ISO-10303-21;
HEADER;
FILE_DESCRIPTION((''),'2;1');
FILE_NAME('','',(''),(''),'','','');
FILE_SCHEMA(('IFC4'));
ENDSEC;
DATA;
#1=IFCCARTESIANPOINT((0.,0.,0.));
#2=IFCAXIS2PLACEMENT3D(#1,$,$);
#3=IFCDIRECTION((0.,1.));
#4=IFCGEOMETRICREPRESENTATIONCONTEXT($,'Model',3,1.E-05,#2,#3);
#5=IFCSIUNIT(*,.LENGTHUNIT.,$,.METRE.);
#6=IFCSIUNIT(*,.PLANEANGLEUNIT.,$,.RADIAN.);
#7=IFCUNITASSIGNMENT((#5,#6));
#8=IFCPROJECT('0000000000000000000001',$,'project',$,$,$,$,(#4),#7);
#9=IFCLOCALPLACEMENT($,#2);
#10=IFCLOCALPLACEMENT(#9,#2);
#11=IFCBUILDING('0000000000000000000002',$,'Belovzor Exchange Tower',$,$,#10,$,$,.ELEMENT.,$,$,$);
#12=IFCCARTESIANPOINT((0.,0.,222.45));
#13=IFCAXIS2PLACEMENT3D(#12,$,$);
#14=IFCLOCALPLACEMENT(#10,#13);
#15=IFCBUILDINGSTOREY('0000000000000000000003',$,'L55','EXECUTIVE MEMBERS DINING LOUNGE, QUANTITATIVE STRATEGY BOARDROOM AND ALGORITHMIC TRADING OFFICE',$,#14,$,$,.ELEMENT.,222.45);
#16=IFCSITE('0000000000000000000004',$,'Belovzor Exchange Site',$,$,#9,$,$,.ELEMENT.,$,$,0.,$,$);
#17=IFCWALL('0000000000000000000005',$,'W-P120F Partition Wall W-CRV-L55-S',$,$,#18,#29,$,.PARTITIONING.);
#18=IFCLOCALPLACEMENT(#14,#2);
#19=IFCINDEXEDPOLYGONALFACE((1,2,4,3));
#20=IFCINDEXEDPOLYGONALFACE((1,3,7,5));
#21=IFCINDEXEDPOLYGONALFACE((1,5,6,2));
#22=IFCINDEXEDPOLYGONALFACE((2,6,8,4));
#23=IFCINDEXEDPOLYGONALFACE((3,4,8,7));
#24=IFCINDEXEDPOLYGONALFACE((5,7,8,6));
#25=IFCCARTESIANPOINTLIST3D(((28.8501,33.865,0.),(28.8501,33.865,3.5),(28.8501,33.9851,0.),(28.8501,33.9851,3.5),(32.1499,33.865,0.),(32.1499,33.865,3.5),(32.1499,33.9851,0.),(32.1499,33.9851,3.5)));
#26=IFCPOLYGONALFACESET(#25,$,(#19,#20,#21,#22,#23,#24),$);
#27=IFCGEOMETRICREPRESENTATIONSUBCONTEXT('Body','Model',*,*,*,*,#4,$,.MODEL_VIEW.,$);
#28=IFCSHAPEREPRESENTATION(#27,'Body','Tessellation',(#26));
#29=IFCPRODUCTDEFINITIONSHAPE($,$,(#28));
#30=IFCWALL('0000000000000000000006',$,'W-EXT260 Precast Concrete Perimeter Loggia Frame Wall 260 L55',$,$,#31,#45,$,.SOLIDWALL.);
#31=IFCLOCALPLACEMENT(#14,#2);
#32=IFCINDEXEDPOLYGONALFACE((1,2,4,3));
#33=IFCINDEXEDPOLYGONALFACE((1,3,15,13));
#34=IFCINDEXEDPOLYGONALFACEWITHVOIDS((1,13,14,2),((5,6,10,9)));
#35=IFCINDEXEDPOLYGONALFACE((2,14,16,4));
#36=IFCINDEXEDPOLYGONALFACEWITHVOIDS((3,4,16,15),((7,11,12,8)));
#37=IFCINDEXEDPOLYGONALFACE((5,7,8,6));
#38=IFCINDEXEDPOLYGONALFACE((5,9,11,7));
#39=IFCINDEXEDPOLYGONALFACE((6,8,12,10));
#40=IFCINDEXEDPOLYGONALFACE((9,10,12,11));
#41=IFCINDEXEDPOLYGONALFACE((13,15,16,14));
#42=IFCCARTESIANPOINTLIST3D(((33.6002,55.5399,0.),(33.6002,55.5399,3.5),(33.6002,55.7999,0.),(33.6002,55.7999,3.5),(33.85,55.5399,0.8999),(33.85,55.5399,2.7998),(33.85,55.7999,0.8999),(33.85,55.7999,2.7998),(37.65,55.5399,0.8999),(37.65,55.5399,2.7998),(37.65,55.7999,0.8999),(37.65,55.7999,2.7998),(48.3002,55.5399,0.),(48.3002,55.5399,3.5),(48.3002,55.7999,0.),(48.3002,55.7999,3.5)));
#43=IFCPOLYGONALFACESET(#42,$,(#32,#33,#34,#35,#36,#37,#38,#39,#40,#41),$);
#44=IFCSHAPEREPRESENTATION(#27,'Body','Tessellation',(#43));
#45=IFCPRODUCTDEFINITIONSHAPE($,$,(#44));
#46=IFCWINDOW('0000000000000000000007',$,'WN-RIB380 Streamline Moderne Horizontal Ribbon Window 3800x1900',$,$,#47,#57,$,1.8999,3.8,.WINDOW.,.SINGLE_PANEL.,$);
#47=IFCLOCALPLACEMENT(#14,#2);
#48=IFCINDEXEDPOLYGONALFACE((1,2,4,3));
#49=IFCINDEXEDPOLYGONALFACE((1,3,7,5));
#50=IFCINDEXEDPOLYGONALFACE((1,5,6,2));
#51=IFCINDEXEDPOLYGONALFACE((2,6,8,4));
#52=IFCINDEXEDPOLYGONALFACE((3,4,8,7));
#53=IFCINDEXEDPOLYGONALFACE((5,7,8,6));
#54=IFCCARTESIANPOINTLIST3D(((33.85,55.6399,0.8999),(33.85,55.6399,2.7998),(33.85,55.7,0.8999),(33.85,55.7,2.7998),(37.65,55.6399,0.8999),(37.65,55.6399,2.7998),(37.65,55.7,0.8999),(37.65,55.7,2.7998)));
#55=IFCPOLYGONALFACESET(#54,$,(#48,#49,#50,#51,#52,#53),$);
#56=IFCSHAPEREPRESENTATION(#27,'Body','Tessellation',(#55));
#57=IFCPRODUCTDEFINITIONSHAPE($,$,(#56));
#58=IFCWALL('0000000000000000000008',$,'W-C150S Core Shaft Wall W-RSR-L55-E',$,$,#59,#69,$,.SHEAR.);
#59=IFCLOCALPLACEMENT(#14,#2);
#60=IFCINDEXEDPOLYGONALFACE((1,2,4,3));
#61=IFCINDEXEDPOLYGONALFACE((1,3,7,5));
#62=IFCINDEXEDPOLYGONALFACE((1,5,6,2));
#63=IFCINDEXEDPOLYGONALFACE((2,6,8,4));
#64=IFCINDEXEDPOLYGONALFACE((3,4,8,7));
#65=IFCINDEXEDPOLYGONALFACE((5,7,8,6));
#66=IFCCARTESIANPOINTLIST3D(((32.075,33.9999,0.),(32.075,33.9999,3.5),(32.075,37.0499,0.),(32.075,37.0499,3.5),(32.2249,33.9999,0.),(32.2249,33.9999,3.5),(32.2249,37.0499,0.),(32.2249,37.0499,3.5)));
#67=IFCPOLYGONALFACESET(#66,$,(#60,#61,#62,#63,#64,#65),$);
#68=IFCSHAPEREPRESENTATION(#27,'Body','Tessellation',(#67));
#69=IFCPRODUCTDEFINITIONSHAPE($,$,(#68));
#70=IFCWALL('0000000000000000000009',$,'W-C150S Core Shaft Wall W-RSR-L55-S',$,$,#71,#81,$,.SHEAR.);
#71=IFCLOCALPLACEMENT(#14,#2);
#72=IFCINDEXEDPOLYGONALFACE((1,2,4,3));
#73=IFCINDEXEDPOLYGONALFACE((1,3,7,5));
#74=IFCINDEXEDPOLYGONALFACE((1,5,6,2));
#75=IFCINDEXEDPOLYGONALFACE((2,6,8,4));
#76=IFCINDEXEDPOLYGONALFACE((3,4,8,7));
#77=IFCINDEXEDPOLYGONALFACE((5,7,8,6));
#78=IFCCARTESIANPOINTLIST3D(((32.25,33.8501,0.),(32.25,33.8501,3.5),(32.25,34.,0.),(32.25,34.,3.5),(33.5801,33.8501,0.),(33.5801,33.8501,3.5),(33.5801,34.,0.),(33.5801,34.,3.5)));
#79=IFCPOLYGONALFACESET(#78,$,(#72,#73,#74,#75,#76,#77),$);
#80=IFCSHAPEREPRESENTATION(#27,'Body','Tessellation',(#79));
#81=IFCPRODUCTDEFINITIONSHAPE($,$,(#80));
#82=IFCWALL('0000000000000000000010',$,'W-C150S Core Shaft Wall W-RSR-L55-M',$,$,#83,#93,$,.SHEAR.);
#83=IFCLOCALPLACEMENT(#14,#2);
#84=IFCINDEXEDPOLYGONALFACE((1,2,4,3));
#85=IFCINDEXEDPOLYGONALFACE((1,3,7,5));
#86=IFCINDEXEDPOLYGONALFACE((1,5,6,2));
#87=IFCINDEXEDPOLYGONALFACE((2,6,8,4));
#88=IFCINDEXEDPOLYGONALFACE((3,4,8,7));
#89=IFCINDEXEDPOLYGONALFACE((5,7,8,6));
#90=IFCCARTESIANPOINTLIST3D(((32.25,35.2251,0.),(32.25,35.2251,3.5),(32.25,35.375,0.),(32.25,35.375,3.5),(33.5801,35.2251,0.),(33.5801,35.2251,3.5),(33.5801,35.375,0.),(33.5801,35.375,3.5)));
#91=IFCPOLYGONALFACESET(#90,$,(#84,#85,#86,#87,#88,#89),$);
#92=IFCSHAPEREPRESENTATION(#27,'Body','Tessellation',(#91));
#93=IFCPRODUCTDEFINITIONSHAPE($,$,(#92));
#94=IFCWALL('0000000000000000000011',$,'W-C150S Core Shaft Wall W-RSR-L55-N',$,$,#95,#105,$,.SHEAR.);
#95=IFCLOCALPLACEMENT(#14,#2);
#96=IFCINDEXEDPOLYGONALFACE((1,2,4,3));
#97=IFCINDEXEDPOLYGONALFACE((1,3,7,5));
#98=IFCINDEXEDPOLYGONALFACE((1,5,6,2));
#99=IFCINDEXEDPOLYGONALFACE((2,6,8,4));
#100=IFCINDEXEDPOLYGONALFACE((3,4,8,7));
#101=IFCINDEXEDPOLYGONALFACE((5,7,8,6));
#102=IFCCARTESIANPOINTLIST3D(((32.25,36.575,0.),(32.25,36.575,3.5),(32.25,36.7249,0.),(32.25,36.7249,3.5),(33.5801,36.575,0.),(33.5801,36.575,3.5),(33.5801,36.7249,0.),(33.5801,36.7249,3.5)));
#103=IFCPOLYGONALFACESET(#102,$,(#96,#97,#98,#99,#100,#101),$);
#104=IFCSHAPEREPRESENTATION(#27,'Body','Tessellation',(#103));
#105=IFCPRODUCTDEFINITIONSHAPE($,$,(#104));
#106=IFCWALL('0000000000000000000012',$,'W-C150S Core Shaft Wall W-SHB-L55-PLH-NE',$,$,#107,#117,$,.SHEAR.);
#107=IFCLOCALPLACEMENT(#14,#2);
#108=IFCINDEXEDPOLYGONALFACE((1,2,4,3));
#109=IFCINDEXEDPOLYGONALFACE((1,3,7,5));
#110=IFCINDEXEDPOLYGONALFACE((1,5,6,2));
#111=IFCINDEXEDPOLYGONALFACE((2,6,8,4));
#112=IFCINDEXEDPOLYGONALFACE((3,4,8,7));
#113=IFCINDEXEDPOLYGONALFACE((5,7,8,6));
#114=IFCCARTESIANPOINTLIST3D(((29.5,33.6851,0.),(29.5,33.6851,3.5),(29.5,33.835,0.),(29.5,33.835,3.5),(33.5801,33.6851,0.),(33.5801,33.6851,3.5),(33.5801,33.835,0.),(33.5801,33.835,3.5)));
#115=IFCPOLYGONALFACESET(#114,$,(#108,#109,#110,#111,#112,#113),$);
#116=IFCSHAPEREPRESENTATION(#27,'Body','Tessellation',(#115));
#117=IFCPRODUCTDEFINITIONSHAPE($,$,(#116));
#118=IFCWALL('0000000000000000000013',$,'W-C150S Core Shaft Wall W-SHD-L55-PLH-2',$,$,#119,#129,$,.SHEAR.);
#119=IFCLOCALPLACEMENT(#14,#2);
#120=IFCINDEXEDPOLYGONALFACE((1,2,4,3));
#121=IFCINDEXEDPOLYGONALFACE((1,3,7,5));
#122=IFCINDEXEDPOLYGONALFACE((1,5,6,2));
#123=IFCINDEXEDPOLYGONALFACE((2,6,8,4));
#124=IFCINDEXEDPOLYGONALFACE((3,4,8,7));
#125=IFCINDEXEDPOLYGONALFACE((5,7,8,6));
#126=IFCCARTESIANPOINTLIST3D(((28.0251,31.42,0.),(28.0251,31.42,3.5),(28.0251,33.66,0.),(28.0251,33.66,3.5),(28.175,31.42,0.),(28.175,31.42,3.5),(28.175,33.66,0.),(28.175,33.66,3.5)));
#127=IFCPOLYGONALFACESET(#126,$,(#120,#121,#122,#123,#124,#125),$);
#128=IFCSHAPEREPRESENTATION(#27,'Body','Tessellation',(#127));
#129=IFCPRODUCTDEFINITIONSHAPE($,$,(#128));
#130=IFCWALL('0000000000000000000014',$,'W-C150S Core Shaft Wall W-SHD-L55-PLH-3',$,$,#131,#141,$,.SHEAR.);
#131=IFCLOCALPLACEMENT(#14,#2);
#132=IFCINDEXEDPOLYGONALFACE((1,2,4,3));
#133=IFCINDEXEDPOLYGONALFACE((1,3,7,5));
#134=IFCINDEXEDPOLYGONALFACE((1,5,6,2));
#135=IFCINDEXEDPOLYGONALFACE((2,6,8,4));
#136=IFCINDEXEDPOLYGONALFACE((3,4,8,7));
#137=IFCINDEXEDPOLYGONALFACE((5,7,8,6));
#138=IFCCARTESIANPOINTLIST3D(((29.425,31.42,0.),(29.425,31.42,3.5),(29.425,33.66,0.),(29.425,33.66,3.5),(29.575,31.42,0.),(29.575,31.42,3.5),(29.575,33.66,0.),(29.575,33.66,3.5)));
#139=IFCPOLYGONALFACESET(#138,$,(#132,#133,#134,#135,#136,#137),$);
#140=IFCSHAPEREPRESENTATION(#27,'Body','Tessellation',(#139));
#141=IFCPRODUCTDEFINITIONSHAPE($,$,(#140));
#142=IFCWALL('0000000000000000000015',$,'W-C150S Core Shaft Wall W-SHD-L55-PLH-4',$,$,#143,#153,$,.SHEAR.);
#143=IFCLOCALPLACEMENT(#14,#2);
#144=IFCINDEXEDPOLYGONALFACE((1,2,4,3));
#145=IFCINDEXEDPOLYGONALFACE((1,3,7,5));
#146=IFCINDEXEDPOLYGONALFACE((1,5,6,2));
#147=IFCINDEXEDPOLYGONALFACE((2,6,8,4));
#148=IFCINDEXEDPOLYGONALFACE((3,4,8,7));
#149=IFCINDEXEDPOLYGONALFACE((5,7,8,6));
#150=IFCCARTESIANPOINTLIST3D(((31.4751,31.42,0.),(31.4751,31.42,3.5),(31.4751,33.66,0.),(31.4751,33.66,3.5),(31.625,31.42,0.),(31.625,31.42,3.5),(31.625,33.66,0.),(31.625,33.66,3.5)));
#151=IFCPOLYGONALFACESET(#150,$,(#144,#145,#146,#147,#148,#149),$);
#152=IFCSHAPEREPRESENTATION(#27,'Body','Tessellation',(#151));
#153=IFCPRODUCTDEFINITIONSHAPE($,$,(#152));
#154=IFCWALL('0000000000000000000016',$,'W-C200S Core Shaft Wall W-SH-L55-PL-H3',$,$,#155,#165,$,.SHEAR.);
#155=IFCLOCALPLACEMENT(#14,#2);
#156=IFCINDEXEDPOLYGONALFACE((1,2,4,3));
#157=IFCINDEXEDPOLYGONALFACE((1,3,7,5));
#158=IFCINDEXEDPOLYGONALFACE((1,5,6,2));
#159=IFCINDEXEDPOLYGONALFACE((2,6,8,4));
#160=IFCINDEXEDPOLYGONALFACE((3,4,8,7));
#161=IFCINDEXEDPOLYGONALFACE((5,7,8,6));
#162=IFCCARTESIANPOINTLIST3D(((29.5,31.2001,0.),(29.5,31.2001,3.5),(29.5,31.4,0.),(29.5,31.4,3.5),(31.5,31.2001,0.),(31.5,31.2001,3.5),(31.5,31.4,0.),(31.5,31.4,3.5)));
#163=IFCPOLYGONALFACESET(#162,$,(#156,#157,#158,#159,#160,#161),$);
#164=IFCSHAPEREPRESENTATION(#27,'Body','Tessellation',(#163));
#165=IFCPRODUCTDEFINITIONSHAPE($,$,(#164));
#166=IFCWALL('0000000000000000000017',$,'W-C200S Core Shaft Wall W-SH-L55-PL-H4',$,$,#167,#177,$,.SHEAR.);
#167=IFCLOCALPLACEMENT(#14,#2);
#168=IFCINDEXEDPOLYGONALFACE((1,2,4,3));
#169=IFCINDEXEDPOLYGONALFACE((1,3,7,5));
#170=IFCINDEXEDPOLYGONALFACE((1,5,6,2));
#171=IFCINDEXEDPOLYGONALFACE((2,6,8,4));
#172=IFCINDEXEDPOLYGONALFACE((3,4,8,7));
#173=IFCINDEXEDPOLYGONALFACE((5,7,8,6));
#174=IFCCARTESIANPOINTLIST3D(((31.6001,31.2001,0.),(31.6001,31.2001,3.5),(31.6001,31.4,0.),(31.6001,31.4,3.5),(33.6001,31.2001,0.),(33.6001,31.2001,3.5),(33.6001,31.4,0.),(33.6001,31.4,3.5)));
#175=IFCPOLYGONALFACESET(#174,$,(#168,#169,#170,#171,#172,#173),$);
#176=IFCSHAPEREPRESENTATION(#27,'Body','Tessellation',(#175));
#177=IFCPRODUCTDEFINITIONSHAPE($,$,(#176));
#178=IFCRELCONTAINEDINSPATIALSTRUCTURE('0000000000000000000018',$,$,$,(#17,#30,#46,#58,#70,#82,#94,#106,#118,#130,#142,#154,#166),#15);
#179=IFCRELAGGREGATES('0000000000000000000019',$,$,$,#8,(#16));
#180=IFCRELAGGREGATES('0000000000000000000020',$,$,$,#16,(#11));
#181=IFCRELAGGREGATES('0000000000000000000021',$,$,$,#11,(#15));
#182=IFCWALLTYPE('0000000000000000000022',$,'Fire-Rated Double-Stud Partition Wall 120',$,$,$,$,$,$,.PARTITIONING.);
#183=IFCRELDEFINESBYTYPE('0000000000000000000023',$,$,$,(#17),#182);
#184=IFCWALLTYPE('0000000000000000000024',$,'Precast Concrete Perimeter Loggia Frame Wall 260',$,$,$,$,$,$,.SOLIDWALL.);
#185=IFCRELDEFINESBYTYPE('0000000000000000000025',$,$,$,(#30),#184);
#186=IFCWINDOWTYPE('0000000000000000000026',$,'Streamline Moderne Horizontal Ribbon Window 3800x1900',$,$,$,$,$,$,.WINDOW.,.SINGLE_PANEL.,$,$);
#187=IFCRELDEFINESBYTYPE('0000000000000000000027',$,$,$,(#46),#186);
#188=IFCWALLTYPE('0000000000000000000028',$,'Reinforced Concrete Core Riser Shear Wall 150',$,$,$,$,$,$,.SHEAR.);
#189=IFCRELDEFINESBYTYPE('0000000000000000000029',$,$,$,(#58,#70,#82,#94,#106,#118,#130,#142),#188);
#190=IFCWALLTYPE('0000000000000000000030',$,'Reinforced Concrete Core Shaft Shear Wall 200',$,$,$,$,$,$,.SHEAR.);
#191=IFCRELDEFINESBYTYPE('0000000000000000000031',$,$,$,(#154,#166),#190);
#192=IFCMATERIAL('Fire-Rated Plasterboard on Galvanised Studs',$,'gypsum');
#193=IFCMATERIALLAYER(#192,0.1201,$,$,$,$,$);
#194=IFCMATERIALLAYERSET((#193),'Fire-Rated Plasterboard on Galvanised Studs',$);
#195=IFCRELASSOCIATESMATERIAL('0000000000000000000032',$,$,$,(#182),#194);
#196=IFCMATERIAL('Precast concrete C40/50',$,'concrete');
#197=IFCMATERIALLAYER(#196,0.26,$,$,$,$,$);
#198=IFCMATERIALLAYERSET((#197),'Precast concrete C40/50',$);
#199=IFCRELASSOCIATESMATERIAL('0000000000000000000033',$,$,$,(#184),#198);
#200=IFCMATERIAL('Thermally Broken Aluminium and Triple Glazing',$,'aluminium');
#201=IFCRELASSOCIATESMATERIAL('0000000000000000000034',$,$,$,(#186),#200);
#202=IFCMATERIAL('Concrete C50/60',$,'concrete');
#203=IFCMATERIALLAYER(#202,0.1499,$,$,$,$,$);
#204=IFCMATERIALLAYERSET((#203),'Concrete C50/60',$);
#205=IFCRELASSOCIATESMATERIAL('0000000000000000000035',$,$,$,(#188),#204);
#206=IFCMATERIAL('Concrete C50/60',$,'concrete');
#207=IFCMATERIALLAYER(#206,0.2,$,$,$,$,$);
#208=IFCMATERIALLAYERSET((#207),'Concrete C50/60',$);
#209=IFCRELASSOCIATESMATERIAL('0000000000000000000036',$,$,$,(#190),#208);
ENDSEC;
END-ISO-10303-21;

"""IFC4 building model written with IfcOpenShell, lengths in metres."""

from ifc_helpers import new_model, si_unit, direction, frame, frame_2d, origin, place, context, subcontext, project, spatial, rectangle, extrude, material, layer, layer_set, type_object, element, fill, save


model = new_model("IFC4")

# Units and contexts
model_context = context("Model", 3, precision=1e-05, world=origin(), true_north=direction((0.0, 1.0)))
body_context = subcontext(model_context, "Body", "Model", "MODEL_VIEW")
ifc_project = project(units=[si_unit("LENGTHUNIT", "METRE"), si_unit("PLANEANGLEUNIT", "RADIAN")], contexts=[model_context])

# Site, building, storey
site_placement = place(None, origin())
site = spatial("IfcSite", under=ifc_project, at=site_placement, Name="Belovzor Exchange Site", CompositionType="ELEMENT", RefElevation=0.0)
building_placement = place(site_placement, origin())
building = spatial("IfcBuilding", under=site, at=building_placement, Name="Belovzor Exchange Tower", CompositionType="ELEMENT")
storey_placement = place(building_placement, frame((0.0, 0.0, 222.45)))
storey = spatial("IfcBuildingStorey", under=building, at=storey_placement, Name="L55", Description="EXECUTIVE MEMBERS DINING LOUNGE, QUANTITATIVE STRATEGY BOARDROOM AND ALGORITHMIC TRADING OFFICE", CompositionType="ELEMENT", Elevation=222.45)

# Shared definitions
ifc_material_1 = material(Name="Fire-Rated Plasterboard on Galvanised Studs", Category="gypsum")
ifc_layer_1 = layer(ifc_material_1, 0.1201)
ifc_layer_set_1 = layer_set([ifc_layer_1], Name="Fire-Rated Plasterboard on Galvanised Studs")
wall_type_1 = type_object("IfcWallType", Name="Fire-Rated Double-Stud Partition Wall 120", PredefinedType="PARTITIONING", material=ifc_layer_set_1)

# Wall
for number, where, z_axis, x_axis, name in (
    (1, (28.8501, 33.925, 0.0), (0.0, 0.0, 1.0), (1.0, 0.0, 0.0), "W-P120F Partition Wall W-CRV-L55-S"),
):
    element("IfcWall", number, at=place(storey_placement, frame(where, z_axis=z_axis, x_axis=x_axis)), inside=storey, type_object=wall_type_1, Name=name, PredefinedType="PARTITIONING", context=body_context, shape_type="SweptSolid", body=[
        extrude(rectangle(XDim=3.2998, YDim=0.1201, at=frame_2d((1.6499, 0.0))), origin(), (0.0, 0.0, 1.0), 3.5),
    ])

# Wall, opening, window
ifc_material_2 = material(Name="Precast concrete C40/50", Category="concrete")
ifc_layer_2 = layer(ifc_material_2, 0.26)
ifc_layer_set_2 = layer_set([ifc_layer_2], Name="Precast concrete C40/50")
wall_type_2 = type_object("IfcWallType", Name="Precast Concrete Perimeter Loggia Frame Wall 260", PredefinedType="SOLIDWALL", material=ifc_layer_set_2)
wall_1_placement = place(storey_placement, frame((33.6001, 55.6699, 0.0), z_axis=(0.0, 0.0, 1.0), x_axis=(1.0, 0.0, 0.0)))
wall_1 = element("IfcWall", 2, at=wall_1_placement, inside=storey, type_object=wall_type_2, Name="W-EXT260 Precast Concrete Perimeter Loggia Frame Wall 260 L55", PredefinedType="SOLIDWALL", context=body_context, shape_type="SweptSolid", body=[
    extrude(rectangle(XDim=14.7, YDim=0.26, at=frame_2d((7.3501, 0.0))), origin(), (0.0, 0.0, 1.0), 3.5),
])
opening_1_placement = place(wall_1_placement, frame((0.25, 0.0, 0.8999)))
opening_1 = element("IfcOpeningElement", 3, at=opening_1_placement, cuts=wall_1, PredefinedType="OPENING", context=body_context, shape_type="SweptSolid", body=[
    extrude(rectangle(XDim=3.8, YDim=1.8999, at=frame_2d((1.8999, 0.95))), frame((0.0, 0.1399, 0.0), z_axis=(0.0, -1.0, 0.0), x_axis=(1.0, 0.0, 0.0)), (0.0, 0.0, 1.0), 0.28),
])
ifc_material_3 = material(Name="Thermally Broken Aluminium and Triple Glazing", Category="aluminium")
window_type = type_object("IfcWindowType", Name="Streamline Moderne Horizontal Ribbon Window 3800x1900", PartitioningType="SINGLE_PANEL", PredefinedType="WINDOW", material=ifc_material_3)
window_placement = place(opening_1_placement, origin())
window = element("IfcWindow", 4, at=window_placement, inside=storey, type_object=window_type, Name="WN-RIB380 Streamline Moderne Horizontal Ribbon Window 3800x1900", OverallHeight=1.8999, OverallWidth=3.8, PartitioningType="SINGLE_PANEL", PredefinedType="WINDOW", context=body_context, shape_type="SweptSolid", body=[
    extrude(rectangle(XDim=3.8, YDim=1.8999, at=frame_2d((1.8999, 0.95))), frame((0.0, 0.03, 0.0), z_axis=(0.0, -1.0, 0.0), x_axis=(1.0, 0.0, 0.0)), (0.0, 0.0, 1.0), 0.0601),
])
fill(opening_1, window)

# Walls
ifc_material_4 = material(Name="Concrete C50/60", Category="concrete")
ifc_layer_3 = layer(ifc_material_4, 0.1499)
ifc_layer_set_3 = layer_set([ifc_layer_3], Name="Concrete C50/60")
wall_type_3 = type_object("IfcWallType", Name="Reinforced Concrete Core Riser Shear Wall 150", PredefinedType="SHEAR", material=ifc_layer_set_3)
wall_2_placement = place(storey_placement, frame((32.1499, 34.0, 0.0), z_axis=(0.0, 0.0, 1.0), x_axis=(0.0, 1.0, 0.0)))
element("IfcWall", 5, at=wall_2_placement, inside=storey, type_object=wall_type_3, Name="W-C150S Core Shaft Wall W-RSR-L55-E", PredefinedType="SHEAR", context=body_context, shape_type="SweptSolid", body=[
    extrude(rectangle(XDim=3.05, YDim=0.1499, at=frame_2d((1.5249, 0.0))), origin(), (0.0, 0.0, 1.0), 3.5),
])
for number, where, z_axis, x_axis, name in (
    (6, (32.25, 33.925, 0.0), (0.0, 0.0, 1.0), (1.0, 0.0, 0.0), "W-C150S Core Shaft Wall W-RSR-L55-S"),
    (7, (32.25, 35.3, 0.0), (0.0, 0.0, 1.0), (1.0, 0.0, 0.0), "W-C150S Core Shaft Wall W-RSR-L55-M"),
    (8, (32.25, 36.6499, 0.0), (0.0, 0.0, 1.0), (1.0, 0.0, 0.0), "W-C150S Core Shaft Wall W-RSR-L55-N"),
):
    element("IfcWall", number, at=place(storey_placement, frame(where, z_axis=z_axis, x_axis=x_axis)), inside=storey, type_object=wall_type_3, Name=name, PredefinedType="SHEAR", context=body_context, shape_type="SweptSolid", body=[
        extrude(rectangle(XDim=1.3301, YDim=0.1499, at=frame_2d((0.665, 0.0))), origin(), (0.0, 0.0, 1.0), 3.5),
    ])
wall_3_placement = place(storey_placement, frame((29.5, 33.76, 0.0), z_axis=(0.0, 0.0, 1.0), x_axis=(1.0, 0.0, 0.0)))
element("IfcWall", 9, at=wall_3_placement, inside=storey, type_object=wall_type_3, Name="W-C150S Core Shaft Wall W-SHB-L55-PLH-NE", PredefinedType="SHEAR", context=body_context, shape_type="SweptSolid", body=[
    extrude(rectangle(XDim=4.0801, YDim=0.1499, at=frame_2d((2.04, 0.0))), origin(), (0.0, 0.0, 1.0), 3.5),
])
for number, where, z_axis, x_axis, name in (
    (10, (28.1001, 31.4199, 0.0), (0.0, 0.0, 1.0), (0.0, 1.0, 0.0), "W-C150S Core Shaft Wall W-SHD-L55-PLH-2"),
    (11, (29.5, 31.4199, 0.0), (0.0, 0.0, 1.0), (0.0, 1.0, 0.0), "W-C150S Core Shaft Wall W-SHD-L55-PLH-3"),
    (12, (31.55, 31.4199, 0.0), (0.0, 0.0, 1.0), (0.0, 1.0, 0.0), "W-C150S Core Shaft Wall W-SHD-L55-PLH-4"),
):
    element("IfcWall", number, at=place(storey_placement, frame(where, z_axis=z_axis, x_axis=x_axis)), inside=storey, type_object=wall_type_3, Name=name, PredefinedType="SHEAR", context=body_context, shape_type="SweptSolid", body=[
        extrude(rectangle(XDim=2.24, YDim=0.1499, at=frame_2d((1.1201, 0.0))), origin(), (0.0, 0.0, 1.0), 3.5),
    ])
ifc_material_5 = material(Name="Concrete C50/60", Category="concrete")
ifc_layer_4 = layer(ifc_material_5, 0.2)
ifc_layer_set_4 = layer_set([ifc_layer_4], Name="Concrete C50/60")
wall_type_4 = type_object("IfcWallType", Name="Reinforced Concrete Core Shaft Shear Wall 200", PredefinedType="SHEAR", material=ifc_layer_set_4)
for number, where, z_axis, x_axis, name in (
    (13, (29.5, 31.3, 0.0), (0.0, 0.0, 1.0), (1.0, 0.0, 0.0), "W-C200S Core Shaft Wall W-SH-L55-PL-H3"),
    (14, (31.6001, 31.3, 0.0), (0.0, 0.0, 1.0), (1.0, 0.0, 0.0), "W-C200S Core Shaft Wall W-SH-L55-PL-H4"),
):
    element("IfcWall", number, at=place(storey_placement, frame(where, z_axis=z_axis, x_axis=x_axis)), inside=storey, type_object=wall_type_4, Name=name, PredefinedType="SHEAR", context=body_context, shape_type="SweptSolid", body=[
        extrude(rectangle(XDim=2.0, YDim=0.2, at=frame_2d((1.0, 0.0))), origin(), (0.0, 0.0, 1.0), 3.5),
    ])

save(model, "model.ifc")
